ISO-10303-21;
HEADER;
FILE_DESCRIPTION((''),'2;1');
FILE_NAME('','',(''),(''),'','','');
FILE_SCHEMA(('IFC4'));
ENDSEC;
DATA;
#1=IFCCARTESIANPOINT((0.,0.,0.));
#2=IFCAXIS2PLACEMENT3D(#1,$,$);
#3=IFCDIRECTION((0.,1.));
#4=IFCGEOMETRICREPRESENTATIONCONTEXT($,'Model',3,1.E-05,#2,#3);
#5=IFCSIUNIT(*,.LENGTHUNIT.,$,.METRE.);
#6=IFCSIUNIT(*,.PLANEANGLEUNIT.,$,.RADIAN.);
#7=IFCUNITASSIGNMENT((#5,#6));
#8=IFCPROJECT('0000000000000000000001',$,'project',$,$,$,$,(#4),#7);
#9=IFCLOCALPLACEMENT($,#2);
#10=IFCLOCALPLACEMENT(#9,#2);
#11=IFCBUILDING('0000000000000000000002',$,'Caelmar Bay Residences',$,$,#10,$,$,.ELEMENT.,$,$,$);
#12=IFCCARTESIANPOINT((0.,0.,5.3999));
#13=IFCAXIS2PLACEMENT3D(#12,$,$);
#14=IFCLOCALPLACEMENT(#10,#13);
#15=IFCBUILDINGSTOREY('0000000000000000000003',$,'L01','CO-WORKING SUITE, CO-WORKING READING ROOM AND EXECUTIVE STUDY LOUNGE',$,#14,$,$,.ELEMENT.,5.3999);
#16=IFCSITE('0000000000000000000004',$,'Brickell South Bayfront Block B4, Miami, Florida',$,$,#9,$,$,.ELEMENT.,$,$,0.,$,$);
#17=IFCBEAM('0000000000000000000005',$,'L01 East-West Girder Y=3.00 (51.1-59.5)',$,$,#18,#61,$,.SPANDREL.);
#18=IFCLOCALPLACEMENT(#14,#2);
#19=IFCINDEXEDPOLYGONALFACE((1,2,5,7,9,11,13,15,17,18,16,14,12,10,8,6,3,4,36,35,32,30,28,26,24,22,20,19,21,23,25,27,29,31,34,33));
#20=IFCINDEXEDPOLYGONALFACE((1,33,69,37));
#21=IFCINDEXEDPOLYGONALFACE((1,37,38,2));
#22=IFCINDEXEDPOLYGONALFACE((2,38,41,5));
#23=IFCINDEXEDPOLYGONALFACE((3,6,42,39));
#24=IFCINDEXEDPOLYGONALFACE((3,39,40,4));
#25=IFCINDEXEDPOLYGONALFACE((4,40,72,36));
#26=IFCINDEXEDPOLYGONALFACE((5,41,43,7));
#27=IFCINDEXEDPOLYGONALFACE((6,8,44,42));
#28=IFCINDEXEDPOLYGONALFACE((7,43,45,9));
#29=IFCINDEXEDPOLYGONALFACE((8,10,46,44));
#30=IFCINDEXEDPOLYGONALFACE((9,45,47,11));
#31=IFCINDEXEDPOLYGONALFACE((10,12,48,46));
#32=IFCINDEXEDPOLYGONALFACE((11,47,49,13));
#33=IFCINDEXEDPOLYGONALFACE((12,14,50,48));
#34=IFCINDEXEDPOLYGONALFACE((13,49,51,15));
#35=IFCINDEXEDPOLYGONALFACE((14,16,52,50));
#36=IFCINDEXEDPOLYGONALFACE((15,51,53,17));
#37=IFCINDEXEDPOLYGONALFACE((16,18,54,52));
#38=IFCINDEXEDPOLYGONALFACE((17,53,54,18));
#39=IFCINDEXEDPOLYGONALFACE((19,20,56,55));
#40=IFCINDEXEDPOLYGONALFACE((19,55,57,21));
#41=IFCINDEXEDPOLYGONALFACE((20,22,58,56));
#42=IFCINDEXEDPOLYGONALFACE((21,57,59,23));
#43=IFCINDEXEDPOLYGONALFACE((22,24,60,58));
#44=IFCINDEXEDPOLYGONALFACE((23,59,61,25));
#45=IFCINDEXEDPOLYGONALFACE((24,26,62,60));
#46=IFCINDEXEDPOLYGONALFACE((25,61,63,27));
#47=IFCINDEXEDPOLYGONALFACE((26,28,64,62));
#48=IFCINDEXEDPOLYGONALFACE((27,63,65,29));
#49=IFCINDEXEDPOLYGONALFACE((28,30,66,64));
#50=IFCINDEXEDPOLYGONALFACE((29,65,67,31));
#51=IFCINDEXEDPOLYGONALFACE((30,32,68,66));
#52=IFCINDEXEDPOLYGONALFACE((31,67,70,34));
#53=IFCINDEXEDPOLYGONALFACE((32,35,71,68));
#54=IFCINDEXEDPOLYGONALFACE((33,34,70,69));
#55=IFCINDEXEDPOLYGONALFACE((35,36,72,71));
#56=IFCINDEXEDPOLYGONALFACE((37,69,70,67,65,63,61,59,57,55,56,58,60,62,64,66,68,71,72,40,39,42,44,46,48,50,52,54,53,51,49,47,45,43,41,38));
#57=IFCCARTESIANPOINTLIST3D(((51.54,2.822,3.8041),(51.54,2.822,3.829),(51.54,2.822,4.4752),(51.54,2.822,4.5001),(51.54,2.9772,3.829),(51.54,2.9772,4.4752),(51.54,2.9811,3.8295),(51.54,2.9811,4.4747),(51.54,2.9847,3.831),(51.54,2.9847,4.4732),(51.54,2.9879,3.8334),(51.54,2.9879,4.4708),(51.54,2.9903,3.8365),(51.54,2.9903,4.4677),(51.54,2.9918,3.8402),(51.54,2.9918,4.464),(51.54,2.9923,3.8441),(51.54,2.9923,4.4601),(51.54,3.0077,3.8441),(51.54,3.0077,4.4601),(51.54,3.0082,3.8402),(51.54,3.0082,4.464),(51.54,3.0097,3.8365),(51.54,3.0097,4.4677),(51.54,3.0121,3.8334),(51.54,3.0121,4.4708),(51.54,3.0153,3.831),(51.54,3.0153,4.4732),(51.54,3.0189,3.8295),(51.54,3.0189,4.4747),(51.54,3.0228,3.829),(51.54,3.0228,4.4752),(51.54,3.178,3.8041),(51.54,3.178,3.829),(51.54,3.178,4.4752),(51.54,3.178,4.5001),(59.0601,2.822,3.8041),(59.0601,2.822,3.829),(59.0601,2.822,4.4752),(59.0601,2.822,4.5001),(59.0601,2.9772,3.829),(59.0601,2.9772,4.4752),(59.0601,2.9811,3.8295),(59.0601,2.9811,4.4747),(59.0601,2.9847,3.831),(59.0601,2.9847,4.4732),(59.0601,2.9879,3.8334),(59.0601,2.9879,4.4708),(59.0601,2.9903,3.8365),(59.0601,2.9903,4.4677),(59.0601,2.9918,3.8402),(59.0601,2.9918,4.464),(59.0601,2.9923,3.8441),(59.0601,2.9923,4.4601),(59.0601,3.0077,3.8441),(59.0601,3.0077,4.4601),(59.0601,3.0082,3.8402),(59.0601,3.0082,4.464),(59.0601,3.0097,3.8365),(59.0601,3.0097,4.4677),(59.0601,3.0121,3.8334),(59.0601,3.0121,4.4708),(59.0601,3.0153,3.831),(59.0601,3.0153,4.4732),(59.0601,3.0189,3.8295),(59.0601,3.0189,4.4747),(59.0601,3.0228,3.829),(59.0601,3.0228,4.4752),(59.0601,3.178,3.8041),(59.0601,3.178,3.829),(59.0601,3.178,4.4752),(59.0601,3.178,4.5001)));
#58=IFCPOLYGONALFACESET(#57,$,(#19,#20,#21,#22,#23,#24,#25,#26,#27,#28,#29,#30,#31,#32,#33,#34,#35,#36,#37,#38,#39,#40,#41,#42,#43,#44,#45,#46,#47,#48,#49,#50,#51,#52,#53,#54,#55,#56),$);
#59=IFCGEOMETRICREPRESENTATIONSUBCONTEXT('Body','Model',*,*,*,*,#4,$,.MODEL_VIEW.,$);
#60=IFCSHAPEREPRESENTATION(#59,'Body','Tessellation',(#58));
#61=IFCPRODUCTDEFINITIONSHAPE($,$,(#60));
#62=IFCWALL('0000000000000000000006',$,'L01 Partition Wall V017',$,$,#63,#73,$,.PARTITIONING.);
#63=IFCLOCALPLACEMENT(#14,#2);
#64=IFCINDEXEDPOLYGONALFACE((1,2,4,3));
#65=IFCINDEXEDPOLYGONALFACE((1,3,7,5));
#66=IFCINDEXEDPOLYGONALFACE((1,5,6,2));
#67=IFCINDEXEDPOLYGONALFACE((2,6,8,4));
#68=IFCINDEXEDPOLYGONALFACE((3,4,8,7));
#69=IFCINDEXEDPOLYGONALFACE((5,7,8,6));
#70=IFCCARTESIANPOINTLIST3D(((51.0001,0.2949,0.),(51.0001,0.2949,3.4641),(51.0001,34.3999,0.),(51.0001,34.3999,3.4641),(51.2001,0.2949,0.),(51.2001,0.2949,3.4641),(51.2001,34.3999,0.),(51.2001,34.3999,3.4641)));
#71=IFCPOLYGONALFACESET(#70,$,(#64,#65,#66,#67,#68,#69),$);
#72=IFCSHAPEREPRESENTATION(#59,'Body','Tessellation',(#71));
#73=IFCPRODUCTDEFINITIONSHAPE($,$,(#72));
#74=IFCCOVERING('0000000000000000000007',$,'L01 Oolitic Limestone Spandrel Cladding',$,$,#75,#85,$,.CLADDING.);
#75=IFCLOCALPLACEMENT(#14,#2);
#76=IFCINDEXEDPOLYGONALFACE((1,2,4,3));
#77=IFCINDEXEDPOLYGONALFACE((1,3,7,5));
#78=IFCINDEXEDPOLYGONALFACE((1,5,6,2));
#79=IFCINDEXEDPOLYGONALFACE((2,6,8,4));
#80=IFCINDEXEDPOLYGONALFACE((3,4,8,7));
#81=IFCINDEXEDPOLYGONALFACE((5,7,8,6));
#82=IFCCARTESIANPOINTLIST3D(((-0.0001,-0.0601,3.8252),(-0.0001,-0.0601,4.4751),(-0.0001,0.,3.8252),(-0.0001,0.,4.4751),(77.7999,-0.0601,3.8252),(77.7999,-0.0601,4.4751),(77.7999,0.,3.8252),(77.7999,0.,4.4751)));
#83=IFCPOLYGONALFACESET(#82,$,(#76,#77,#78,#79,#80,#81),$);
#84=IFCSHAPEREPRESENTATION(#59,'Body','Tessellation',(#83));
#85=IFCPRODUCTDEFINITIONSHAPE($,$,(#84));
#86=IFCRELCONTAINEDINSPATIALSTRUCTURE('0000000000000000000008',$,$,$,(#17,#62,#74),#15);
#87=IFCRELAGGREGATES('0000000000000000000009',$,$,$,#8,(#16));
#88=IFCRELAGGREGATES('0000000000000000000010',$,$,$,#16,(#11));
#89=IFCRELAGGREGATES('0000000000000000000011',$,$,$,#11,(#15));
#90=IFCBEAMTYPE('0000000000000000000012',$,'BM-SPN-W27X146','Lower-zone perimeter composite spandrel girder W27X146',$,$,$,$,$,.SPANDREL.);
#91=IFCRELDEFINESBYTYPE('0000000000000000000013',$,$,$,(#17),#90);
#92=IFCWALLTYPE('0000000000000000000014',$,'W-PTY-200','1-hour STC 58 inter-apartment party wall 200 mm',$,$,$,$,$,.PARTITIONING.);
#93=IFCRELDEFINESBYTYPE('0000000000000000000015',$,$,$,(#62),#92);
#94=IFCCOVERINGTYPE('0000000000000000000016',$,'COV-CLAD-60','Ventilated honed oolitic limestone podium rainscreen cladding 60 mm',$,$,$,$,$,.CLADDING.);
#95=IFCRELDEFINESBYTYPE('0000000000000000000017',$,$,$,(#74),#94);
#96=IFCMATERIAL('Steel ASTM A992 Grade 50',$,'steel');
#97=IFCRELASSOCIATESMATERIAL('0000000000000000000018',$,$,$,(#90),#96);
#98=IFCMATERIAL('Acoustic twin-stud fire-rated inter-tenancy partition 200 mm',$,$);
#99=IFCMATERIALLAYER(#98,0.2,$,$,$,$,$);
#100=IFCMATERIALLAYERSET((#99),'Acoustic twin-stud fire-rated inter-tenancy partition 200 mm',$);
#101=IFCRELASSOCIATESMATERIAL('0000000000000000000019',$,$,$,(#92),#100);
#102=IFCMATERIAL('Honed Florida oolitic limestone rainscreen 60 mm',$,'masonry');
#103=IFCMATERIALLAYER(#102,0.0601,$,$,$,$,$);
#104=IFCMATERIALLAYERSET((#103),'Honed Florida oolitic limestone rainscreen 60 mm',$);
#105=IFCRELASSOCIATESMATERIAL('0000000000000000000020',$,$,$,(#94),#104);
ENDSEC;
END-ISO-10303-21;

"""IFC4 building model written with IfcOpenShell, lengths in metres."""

from ifc_helpers import new_model, si_unit, direction, frame, frame_2d, origin, origin_2d, place, context, subcontext, project, spatial, rectangle, i_section, extrude, material, layer, layer_set, material_profile, profile_set, type_object, element, save


model = new_model("IFC4")

# Units and contexts
model_context = context("Model", 3, precision=1e-05, world=origin(), true_north=direction((0.0, 1.0)))
body_context = subcontext(model_context, "Body", "Model", "MODEL_VIEW")
ifc_project = project(units=[si_unit("LENGTHUNIT", "METRE"), si_unit("PLANEANGLEUNIT", "RADIAN")], contexts=[model_context])

# Site, building, storey
site_placement = place(None, origin())
site = spatial("IfcSite", under=ifc_project, at=site_placement, Name="Brickell South Bayfront Block B4, Miami, Florida", CompositionType="ELEMENT", RefElevation=0.0)
building_placement = place(site_placement, origin())
building = spatial("IfcBuilding", under=site, at=building_placement, Name="Caelmar Bay Residences", CompositionType="ELEMENT")
storey_placement = place(building_placement, frame((0.0, 0.0, 5.3999)))
storey = spatial("IfcBuildingStorey", under=building, at=storey_placement, Name="L01", Description="CO-WORKING SUITE, CO-WORKING READING ROOM AND EXECUTIVE STUDY LOUNGE", CompositionType="ELEMENT", Elevation=5.3999)

# Beam
ifc_material_1 = material(Name="Steel ASTM A992 Grade 50", Category="steel")
ifc_material_profile_1 = material_profile(ifc_material_1, i_section(OverallWidth=0.356, OverallDepth=0.696, WebThickness=0.0154, FlangeThickness=0.0249, FilletRadius=0.0151, at=origin_2d()), Name="W27X146")
ifc_profile_set_1 = profile_set([ifc_material_profile_1], Name="Steel ASTM A992 Grade 50")
beam_type_1 = type_object("IfcBeamType", Name="BM-SPN-W27X146", Description="Lower-zone perimeter composite spandrel girder W27X146", PredefinedType="SPANDREL", material=ifc_profile_set_1)
for number, where, z_axis, x_axis, name in (
    (1, (51.54, 3.0, 4.1521), (1.0, 0.0, 0.0), (0.0, 1.0, 0.0), "L01 East-West Girder Y=3.00 (51.1-59.5)"),
):
    element("IfcBeam", number, at=place(storey_placement, frame(where, z_axis=z_axis, x_axis=x_axis)), inside=storey, type_object=beam_type_1, Name=name, PredefinedType="SPANDREL", context=body_context, shape_type="SweptSolid", body=[
        extrude(i_section(OverallWidth=0.356, OverallDepth=0.696, WebThickness=0.0154, FlangeThickness=0.0249, FilletRadius=0.0151, at=origin_2d()), origin(), (0.0, 0.0, 1.0), 7.52),
    ])

# Wall
ifc_material_2 = material(Name="Acoustic twin-stud fire-rated inter-tenancy partition 200 mm")
ifc_layer_1 = layer(ifc_material_2, 0.2)
ifc_layer_set_1 = layer_set([ifc_layer_1], Name="Acoustic twin-stud fire-rated inter-tenancy partition 200 mm")
wall_type = type_object("IfcWallType", Name="W-PTY-200", Description="1-hour STC 58 inter-apartment party wall 200 mm", PredefinedType="PARTITIONING", material=ifc_layer_set_1)
wall_placement = place(storey_placement, frame((51.1001, 0.2949, 0.0), z_axis=(0.0, 0.0, 1.0), x_axis=(0.0, 1.0, 0.0)))
element("IfcWall", 2, at=wall_placement, inside=storey, type_object=wall_type, Name="L01 Partition Wall V017", PredefinedType="PARTITIONING", context=body_context, shape_type="SweptSolid", body=[
    extrude(rectangle(XDim=34.105, YDim=0.2, at=frame_2d((17.0525, 0.0))), origin(), (0.0, 0.0, 1.0), 3.4641),
])

# Covering
ifc_material_3 = material(Name="Honed Florida oolitic limestone rainscreen 60 mm", Category="masonry")
ifc_layer_2 = layer(ifc_material_3, 0.0601)
ifc_layer_set_2 = layer_set([ifc_layer_2], Name="Honed Florida oolitic limestone rainscreen 60 mm")
covering_type = type_object("IfcCoveringType", Name="COV-CLAD-60", Description="Ventilated honed oolitic limestone podium rainscreen cladding 60 mm", PredefinedType="CLADDING", material=ifc_layer_set_2)
covering_placement = place(storey_placement, frame((38.8999, -0.03, 3.8252), z_axis=(0.0, 0.0, 1.0), x_axis=(1.0, 0.0, 0.0)))
element("IfcCovering", 3, at=covering_placement, inside=storey, type_object=covering_type, Name="L01 Oolitic Limestone Spandrel Cladding", PredefinedType="CLADDING", context=body_context, shape_type="SweptSolid", body=[
    extrude(rectangle(XDim=77.8, YDim=0.0601, at=origin_2d()), origin(), (0.0, 0.0, 1.0), 0.6499),
])

save(model, "model.ifc")
